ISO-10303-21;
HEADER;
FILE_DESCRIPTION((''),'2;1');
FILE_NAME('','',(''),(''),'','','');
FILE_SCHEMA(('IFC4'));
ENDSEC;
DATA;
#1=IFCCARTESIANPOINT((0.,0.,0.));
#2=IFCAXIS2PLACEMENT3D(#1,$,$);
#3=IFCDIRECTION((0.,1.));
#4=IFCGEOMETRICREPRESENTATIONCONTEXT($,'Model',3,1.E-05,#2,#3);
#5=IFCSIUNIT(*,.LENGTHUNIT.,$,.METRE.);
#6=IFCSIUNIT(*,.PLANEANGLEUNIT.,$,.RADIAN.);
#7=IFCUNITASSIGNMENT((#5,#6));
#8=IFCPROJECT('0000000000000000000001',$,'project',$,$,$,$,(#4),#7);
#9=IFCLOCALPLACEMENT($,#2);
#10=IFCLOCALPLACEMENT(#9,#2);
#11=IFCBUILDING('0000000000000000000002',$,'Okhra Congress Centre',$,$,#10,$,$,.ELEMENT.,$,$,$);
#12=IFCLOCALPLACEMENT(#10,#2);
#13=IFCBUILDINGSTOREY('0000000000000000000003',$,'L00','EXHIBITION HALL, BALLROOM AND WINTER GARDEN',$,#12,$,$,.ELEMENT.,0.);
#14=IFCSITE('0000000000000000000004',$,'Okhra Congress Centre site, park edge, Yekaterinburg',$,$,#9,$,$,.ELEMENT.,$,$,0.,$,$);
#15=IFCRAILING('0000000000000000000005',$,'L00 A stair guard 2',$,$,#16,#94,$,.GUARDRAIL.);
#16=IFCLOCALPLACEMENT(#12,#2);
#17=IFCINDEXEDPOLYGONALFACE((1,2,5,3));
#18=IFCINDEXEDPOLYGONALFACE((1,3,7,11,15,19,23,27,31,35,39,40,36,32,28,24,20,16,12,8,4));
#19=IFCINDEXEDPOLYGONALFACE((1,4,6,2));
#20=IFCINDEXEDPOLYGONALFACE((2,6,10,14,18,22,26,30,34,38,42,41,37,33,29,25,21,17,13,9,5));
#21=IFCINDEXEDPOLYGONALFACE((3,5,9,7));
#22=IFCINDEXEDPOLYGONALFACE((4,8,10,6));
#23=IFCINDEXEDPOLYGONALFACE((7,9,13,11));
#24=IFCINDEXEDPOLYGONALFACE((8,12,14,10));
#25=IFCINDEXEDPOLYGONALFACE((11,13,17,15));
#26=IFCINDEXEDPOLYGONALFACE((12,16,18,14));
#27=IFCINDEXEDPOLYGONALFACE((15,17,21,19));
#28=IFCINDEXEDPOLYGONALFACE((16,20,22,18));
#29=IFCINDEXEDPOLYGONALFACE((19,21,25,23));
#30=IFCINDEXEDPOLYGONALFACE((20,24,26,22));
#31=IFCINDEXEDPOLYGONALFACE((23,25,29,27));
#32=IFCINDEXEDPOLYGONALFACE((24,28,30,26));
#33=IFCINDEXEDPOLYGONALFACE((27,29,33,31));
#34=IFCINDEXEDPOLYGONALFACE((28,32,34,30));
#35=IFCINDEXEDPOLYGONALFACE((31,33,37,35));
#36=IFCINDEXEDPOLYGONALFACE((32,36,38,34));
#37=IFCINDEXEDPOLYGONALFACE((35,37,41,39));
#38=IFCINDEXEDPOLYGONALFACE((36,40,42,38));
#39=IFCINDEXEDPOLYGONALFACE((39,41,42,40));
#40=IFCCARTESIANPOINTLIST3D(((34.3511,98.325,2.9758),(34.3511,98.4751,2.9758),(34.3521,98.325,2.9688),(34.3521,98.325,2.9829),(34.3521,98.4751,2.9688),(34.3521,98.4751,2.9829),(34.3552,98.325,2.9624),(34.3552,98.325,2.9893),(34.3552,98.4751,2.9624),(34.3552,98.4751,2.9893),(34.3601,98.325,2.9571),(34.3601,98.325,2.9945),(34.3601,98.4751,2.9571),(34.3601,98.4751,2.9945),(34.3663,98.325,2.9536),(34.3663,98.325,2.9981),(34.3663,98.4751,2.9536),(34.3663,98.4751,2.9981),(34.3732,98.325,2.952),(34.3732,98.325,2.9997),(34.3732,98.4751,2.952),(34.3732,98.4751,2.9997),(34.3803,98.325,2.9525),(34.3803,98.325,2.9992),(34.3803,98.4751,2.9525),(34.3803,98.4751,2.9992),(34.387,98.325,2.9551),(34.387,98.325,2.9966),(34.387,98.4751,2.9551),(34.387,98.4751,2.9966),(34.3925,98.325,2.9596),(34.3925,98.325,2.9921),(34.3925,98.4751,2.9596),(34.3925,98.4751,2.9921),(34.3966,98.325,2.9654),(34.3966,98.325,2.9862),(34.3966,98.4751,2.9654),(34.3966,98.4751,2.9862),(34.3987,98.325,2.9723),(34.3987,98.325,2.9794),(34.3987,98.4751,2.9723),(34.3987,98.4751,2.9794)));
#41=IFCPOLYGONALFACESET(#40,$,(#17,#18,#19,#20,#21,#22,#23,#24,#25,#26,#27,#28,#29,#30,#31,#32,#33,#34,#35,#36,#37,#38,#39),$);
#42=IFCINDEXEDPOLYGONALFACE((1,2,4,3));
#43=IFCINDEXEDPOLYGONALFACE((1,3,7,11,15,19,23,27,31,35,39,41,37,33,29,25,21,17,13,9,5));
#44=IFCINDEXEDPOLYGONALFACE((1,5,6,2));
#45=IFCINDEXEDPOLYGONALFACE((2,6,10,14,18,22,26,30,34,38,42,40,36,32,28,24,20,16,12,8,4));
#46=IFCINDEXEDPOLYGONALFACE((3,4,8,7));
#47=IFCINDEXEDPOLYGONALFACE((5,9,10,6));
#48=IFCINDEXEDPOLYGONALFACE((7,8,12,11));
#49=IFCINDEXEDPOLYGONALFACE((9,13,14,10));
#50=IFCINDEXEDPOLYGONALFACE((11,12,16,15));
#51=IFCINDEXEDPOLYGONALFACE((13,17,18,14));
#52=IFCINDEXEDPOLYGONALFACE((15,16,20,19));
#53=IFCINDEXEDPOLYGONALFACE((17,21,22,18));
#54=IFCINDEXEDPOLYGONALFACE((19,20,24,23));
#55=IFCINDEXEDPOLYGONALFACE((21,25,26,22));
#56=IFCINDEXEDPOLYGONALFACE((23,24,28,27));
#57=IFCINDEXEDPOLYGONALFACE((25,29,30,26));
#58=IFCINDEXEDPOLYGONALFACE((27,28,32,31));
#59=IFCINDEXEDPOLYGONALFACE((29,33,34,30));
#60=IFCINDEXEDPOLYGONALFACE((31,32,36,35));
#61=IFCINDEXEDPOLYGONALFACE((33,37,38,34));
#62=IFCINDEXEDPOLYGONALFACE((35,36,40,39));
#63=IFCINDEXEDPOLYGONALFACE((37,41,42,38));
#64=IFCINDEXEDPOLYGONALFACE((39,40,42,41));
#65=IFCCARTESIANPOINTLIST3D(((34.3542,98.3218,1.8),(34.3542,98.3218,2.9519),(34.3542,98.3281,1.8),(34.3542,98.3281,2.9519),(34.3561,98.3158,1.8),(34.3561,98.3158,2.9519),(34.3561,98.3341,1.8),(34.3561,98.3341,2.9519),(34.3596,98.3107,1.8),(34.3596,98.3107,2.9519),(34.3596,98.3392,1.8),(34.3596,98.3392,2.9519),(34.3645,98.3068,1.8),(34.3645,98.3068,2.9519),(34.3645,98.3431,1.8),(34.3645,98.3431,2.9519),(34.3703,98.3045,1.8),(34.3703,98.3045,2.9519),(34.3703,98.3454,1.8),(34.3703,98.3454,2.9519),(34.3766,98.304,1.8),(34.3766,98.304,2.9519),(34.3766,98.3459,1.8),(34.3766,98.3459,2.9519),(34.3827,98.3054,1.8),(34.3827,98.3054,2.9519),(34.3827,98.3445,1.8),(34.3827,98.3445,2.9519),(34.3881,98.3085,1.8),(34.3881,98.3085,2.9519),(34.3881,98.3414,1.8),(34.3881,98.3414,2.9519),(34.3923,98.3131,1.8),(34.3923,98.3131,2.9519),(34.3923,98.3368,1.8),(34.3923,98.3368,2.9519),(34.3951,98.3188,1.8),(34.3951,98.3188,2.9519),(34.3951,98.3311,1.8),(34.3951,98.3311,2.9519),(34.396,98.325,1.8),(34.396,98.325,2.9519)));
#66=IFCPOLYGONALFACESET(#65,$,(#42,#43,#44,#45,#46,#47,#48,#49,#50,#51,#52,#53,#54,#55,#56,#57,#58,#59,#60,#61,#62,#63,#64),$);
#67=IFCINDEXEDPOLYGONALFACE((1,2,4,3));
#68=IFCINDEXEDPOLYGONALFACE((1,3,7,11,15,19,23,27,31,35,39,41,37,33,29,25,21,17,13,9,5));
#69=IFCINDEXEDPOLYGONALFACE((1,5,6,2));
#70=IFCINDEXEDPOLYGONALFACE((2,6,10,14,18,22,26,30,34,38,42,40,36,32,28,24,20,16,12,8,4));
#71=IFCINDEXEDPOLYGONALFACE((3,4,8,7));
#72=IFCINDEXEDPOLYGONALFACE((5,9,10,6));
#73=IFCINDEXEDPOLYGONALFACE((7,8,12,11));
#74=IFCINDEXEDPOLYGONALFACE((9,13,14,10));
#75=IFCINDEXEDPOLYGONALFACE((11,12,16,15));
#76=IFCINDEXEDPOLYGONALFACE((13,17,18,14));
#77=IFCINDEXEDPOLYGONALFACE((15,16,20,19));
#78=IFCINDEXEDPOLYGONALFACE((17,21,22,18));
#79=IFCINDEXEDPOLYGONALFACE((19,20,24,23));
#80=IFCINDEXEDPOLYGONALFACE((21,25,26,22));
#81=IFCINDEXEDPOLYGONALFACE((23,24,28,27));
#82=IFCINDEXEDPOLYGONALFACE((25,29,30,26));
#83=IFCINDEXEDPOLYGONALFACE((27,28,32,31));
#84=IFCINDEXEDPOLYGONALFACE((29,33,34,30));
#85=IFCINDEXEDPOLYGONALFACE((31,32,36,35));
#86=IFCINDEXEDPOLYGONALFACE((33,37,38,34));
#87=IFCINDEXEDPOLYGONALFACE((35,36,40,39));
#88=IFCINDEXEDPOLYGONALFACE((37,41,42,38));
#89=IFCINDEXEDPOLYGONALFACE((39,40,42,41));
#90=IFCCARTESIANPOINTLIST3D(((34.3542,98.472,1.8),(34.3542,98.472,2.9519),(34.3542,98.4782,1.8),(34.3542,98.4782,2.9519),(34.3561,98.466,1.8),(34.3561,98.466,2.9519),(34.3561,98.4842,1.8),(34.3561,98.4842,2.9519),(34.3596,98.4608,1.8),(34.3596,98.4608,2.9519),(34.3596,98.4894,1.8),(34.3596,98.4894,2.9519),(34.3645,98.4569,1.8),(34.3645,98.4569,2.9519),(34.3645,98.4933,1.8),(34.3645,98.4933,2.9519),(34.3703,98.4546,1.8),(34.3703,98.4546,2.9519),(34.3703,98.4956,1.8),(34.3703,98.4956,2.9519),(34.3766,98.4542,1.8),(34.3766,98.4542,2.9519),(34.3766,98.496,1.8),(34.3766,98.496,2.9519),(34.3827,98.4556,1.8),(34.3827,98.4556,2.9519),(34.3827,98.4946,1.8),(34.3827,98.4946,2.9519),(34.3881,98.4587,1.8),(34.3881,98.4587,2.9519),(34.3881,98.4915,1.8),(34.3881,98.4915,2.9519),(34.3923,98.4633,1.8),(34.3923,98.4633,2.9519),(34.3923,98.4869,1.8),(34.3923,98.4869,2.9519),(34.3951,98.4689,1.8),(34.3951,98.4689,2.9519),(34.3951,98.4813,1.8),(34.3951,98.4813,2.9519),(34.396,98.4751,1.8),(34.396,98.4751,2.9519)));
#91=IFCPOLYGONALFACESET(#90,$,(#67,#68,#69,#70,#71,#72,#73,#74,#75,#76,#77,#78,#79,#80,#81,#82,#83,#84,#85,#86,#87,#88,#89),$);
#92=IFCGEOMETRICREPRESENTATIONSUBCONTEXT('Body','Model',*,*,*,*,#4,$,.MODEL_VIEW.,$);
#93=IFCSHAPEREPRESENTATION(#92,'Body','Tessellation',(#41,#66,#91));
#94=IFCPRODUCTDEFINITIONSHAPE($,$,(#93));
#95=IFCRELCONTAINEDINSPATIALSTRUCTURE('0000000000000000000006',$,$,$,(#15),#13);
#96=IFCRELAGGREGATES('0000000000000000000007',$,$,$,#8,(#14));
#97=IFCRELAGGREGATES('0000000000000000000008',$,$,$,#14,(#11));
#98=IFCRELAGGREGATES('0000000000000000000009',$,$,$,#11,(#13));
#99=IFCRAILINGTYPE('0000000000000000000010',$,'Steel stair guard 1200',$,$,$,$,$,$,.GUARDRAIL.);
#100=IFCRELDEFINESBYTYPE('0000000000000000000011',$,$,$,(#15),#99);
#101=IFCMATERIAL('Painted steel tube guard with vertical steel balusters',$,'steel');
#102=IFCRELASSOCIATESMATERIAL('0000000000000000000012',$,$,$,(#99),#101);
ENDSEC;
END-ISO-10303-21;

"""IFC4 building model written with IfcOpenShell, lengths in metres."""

from ifc_helpers import new_model, si_unit, direction, frame, origin, origin_2d, place, context, subcontext, project, spatial, circle, extrude, material, type_object, element, save


model = new_model("IFC4")

# Units and contexts
model_context = context("Model", 3, precision=1e-05, world=origin(), true_north=direction((0.0, 1.0)))
body_context = subcontext(model_context, "Body", "Model", "MODEL_VIEW")
ifc_project = project(units=[si_unit("LENGTHUNIT", "METRE"), si_unit("PLANEANGLEUNIT", "RADIAN")], contexts=[model_context])

# Site, building, storey
site_placement = place(None, origin())
site = spatial("IfcSite", under=ifc_project, at=site_placement, Name="Okhra Congress Centre site, park edge, Yekaterinburg", CompositionType="ELEMENT", RefElevation=0.0)
building_placement = place(site_placement, origin())
building = spatial("IfcBuilding", under=site, at=building_placement, Name="Okhra Congress Centre", CompositionType="ELEMENT")
storey_placement = place(building_placement, origin())
storey = spatial("IfcBuildingStorey", under=building, at=storey_placement, Name="L00", Description="EXHIBITION HALL, BALLROOM AND WINTER GARDEN", CompositionType="ELEMENT", Elevation=0.0)

# Railing
ifc_material_1 = material(Name="Painted steel tube guard with vertical steel balusters", Category="steel")
railing_type_1 = type_object("IfcRailingType", Name="Steel stair guard 1200", PredefinedType="GUARDRAIL", material=ifc_material_1)
railing_1_placement = place(storey_placement, frame((34.375, 98.325, 1.8)))
element("IfcRailing", 1, at=railing_1_placement, inside=storey, type_object=railing_type_1, Name="L00 A stair guard 2", PredefinedType="GUARDRAIL", context=body_context, shape_type="SweptSolid", body=[
    extrude(circle(Radius=0.0239, at=origin_2d()), frame((0.0, 0.0, 1.1758), z_axis=(0.0, 1.0, 0.0), x_axis=(-1.0, 0.0, 0.0)), (0.0, 0.0, 1.0), 0.1501),
    extrude(circle(Radius=0.021, at=origin_2d()), origin(), (0.0, 0.0, 1.0), 1.1519),
    extrude(circle(Radius=0.021, at=origin_2d()), frame((0.0, 0.1501, 0.0)), (0.0, 0.0, 1.0), 1.1519),
])

save(model, "model.ifc")
